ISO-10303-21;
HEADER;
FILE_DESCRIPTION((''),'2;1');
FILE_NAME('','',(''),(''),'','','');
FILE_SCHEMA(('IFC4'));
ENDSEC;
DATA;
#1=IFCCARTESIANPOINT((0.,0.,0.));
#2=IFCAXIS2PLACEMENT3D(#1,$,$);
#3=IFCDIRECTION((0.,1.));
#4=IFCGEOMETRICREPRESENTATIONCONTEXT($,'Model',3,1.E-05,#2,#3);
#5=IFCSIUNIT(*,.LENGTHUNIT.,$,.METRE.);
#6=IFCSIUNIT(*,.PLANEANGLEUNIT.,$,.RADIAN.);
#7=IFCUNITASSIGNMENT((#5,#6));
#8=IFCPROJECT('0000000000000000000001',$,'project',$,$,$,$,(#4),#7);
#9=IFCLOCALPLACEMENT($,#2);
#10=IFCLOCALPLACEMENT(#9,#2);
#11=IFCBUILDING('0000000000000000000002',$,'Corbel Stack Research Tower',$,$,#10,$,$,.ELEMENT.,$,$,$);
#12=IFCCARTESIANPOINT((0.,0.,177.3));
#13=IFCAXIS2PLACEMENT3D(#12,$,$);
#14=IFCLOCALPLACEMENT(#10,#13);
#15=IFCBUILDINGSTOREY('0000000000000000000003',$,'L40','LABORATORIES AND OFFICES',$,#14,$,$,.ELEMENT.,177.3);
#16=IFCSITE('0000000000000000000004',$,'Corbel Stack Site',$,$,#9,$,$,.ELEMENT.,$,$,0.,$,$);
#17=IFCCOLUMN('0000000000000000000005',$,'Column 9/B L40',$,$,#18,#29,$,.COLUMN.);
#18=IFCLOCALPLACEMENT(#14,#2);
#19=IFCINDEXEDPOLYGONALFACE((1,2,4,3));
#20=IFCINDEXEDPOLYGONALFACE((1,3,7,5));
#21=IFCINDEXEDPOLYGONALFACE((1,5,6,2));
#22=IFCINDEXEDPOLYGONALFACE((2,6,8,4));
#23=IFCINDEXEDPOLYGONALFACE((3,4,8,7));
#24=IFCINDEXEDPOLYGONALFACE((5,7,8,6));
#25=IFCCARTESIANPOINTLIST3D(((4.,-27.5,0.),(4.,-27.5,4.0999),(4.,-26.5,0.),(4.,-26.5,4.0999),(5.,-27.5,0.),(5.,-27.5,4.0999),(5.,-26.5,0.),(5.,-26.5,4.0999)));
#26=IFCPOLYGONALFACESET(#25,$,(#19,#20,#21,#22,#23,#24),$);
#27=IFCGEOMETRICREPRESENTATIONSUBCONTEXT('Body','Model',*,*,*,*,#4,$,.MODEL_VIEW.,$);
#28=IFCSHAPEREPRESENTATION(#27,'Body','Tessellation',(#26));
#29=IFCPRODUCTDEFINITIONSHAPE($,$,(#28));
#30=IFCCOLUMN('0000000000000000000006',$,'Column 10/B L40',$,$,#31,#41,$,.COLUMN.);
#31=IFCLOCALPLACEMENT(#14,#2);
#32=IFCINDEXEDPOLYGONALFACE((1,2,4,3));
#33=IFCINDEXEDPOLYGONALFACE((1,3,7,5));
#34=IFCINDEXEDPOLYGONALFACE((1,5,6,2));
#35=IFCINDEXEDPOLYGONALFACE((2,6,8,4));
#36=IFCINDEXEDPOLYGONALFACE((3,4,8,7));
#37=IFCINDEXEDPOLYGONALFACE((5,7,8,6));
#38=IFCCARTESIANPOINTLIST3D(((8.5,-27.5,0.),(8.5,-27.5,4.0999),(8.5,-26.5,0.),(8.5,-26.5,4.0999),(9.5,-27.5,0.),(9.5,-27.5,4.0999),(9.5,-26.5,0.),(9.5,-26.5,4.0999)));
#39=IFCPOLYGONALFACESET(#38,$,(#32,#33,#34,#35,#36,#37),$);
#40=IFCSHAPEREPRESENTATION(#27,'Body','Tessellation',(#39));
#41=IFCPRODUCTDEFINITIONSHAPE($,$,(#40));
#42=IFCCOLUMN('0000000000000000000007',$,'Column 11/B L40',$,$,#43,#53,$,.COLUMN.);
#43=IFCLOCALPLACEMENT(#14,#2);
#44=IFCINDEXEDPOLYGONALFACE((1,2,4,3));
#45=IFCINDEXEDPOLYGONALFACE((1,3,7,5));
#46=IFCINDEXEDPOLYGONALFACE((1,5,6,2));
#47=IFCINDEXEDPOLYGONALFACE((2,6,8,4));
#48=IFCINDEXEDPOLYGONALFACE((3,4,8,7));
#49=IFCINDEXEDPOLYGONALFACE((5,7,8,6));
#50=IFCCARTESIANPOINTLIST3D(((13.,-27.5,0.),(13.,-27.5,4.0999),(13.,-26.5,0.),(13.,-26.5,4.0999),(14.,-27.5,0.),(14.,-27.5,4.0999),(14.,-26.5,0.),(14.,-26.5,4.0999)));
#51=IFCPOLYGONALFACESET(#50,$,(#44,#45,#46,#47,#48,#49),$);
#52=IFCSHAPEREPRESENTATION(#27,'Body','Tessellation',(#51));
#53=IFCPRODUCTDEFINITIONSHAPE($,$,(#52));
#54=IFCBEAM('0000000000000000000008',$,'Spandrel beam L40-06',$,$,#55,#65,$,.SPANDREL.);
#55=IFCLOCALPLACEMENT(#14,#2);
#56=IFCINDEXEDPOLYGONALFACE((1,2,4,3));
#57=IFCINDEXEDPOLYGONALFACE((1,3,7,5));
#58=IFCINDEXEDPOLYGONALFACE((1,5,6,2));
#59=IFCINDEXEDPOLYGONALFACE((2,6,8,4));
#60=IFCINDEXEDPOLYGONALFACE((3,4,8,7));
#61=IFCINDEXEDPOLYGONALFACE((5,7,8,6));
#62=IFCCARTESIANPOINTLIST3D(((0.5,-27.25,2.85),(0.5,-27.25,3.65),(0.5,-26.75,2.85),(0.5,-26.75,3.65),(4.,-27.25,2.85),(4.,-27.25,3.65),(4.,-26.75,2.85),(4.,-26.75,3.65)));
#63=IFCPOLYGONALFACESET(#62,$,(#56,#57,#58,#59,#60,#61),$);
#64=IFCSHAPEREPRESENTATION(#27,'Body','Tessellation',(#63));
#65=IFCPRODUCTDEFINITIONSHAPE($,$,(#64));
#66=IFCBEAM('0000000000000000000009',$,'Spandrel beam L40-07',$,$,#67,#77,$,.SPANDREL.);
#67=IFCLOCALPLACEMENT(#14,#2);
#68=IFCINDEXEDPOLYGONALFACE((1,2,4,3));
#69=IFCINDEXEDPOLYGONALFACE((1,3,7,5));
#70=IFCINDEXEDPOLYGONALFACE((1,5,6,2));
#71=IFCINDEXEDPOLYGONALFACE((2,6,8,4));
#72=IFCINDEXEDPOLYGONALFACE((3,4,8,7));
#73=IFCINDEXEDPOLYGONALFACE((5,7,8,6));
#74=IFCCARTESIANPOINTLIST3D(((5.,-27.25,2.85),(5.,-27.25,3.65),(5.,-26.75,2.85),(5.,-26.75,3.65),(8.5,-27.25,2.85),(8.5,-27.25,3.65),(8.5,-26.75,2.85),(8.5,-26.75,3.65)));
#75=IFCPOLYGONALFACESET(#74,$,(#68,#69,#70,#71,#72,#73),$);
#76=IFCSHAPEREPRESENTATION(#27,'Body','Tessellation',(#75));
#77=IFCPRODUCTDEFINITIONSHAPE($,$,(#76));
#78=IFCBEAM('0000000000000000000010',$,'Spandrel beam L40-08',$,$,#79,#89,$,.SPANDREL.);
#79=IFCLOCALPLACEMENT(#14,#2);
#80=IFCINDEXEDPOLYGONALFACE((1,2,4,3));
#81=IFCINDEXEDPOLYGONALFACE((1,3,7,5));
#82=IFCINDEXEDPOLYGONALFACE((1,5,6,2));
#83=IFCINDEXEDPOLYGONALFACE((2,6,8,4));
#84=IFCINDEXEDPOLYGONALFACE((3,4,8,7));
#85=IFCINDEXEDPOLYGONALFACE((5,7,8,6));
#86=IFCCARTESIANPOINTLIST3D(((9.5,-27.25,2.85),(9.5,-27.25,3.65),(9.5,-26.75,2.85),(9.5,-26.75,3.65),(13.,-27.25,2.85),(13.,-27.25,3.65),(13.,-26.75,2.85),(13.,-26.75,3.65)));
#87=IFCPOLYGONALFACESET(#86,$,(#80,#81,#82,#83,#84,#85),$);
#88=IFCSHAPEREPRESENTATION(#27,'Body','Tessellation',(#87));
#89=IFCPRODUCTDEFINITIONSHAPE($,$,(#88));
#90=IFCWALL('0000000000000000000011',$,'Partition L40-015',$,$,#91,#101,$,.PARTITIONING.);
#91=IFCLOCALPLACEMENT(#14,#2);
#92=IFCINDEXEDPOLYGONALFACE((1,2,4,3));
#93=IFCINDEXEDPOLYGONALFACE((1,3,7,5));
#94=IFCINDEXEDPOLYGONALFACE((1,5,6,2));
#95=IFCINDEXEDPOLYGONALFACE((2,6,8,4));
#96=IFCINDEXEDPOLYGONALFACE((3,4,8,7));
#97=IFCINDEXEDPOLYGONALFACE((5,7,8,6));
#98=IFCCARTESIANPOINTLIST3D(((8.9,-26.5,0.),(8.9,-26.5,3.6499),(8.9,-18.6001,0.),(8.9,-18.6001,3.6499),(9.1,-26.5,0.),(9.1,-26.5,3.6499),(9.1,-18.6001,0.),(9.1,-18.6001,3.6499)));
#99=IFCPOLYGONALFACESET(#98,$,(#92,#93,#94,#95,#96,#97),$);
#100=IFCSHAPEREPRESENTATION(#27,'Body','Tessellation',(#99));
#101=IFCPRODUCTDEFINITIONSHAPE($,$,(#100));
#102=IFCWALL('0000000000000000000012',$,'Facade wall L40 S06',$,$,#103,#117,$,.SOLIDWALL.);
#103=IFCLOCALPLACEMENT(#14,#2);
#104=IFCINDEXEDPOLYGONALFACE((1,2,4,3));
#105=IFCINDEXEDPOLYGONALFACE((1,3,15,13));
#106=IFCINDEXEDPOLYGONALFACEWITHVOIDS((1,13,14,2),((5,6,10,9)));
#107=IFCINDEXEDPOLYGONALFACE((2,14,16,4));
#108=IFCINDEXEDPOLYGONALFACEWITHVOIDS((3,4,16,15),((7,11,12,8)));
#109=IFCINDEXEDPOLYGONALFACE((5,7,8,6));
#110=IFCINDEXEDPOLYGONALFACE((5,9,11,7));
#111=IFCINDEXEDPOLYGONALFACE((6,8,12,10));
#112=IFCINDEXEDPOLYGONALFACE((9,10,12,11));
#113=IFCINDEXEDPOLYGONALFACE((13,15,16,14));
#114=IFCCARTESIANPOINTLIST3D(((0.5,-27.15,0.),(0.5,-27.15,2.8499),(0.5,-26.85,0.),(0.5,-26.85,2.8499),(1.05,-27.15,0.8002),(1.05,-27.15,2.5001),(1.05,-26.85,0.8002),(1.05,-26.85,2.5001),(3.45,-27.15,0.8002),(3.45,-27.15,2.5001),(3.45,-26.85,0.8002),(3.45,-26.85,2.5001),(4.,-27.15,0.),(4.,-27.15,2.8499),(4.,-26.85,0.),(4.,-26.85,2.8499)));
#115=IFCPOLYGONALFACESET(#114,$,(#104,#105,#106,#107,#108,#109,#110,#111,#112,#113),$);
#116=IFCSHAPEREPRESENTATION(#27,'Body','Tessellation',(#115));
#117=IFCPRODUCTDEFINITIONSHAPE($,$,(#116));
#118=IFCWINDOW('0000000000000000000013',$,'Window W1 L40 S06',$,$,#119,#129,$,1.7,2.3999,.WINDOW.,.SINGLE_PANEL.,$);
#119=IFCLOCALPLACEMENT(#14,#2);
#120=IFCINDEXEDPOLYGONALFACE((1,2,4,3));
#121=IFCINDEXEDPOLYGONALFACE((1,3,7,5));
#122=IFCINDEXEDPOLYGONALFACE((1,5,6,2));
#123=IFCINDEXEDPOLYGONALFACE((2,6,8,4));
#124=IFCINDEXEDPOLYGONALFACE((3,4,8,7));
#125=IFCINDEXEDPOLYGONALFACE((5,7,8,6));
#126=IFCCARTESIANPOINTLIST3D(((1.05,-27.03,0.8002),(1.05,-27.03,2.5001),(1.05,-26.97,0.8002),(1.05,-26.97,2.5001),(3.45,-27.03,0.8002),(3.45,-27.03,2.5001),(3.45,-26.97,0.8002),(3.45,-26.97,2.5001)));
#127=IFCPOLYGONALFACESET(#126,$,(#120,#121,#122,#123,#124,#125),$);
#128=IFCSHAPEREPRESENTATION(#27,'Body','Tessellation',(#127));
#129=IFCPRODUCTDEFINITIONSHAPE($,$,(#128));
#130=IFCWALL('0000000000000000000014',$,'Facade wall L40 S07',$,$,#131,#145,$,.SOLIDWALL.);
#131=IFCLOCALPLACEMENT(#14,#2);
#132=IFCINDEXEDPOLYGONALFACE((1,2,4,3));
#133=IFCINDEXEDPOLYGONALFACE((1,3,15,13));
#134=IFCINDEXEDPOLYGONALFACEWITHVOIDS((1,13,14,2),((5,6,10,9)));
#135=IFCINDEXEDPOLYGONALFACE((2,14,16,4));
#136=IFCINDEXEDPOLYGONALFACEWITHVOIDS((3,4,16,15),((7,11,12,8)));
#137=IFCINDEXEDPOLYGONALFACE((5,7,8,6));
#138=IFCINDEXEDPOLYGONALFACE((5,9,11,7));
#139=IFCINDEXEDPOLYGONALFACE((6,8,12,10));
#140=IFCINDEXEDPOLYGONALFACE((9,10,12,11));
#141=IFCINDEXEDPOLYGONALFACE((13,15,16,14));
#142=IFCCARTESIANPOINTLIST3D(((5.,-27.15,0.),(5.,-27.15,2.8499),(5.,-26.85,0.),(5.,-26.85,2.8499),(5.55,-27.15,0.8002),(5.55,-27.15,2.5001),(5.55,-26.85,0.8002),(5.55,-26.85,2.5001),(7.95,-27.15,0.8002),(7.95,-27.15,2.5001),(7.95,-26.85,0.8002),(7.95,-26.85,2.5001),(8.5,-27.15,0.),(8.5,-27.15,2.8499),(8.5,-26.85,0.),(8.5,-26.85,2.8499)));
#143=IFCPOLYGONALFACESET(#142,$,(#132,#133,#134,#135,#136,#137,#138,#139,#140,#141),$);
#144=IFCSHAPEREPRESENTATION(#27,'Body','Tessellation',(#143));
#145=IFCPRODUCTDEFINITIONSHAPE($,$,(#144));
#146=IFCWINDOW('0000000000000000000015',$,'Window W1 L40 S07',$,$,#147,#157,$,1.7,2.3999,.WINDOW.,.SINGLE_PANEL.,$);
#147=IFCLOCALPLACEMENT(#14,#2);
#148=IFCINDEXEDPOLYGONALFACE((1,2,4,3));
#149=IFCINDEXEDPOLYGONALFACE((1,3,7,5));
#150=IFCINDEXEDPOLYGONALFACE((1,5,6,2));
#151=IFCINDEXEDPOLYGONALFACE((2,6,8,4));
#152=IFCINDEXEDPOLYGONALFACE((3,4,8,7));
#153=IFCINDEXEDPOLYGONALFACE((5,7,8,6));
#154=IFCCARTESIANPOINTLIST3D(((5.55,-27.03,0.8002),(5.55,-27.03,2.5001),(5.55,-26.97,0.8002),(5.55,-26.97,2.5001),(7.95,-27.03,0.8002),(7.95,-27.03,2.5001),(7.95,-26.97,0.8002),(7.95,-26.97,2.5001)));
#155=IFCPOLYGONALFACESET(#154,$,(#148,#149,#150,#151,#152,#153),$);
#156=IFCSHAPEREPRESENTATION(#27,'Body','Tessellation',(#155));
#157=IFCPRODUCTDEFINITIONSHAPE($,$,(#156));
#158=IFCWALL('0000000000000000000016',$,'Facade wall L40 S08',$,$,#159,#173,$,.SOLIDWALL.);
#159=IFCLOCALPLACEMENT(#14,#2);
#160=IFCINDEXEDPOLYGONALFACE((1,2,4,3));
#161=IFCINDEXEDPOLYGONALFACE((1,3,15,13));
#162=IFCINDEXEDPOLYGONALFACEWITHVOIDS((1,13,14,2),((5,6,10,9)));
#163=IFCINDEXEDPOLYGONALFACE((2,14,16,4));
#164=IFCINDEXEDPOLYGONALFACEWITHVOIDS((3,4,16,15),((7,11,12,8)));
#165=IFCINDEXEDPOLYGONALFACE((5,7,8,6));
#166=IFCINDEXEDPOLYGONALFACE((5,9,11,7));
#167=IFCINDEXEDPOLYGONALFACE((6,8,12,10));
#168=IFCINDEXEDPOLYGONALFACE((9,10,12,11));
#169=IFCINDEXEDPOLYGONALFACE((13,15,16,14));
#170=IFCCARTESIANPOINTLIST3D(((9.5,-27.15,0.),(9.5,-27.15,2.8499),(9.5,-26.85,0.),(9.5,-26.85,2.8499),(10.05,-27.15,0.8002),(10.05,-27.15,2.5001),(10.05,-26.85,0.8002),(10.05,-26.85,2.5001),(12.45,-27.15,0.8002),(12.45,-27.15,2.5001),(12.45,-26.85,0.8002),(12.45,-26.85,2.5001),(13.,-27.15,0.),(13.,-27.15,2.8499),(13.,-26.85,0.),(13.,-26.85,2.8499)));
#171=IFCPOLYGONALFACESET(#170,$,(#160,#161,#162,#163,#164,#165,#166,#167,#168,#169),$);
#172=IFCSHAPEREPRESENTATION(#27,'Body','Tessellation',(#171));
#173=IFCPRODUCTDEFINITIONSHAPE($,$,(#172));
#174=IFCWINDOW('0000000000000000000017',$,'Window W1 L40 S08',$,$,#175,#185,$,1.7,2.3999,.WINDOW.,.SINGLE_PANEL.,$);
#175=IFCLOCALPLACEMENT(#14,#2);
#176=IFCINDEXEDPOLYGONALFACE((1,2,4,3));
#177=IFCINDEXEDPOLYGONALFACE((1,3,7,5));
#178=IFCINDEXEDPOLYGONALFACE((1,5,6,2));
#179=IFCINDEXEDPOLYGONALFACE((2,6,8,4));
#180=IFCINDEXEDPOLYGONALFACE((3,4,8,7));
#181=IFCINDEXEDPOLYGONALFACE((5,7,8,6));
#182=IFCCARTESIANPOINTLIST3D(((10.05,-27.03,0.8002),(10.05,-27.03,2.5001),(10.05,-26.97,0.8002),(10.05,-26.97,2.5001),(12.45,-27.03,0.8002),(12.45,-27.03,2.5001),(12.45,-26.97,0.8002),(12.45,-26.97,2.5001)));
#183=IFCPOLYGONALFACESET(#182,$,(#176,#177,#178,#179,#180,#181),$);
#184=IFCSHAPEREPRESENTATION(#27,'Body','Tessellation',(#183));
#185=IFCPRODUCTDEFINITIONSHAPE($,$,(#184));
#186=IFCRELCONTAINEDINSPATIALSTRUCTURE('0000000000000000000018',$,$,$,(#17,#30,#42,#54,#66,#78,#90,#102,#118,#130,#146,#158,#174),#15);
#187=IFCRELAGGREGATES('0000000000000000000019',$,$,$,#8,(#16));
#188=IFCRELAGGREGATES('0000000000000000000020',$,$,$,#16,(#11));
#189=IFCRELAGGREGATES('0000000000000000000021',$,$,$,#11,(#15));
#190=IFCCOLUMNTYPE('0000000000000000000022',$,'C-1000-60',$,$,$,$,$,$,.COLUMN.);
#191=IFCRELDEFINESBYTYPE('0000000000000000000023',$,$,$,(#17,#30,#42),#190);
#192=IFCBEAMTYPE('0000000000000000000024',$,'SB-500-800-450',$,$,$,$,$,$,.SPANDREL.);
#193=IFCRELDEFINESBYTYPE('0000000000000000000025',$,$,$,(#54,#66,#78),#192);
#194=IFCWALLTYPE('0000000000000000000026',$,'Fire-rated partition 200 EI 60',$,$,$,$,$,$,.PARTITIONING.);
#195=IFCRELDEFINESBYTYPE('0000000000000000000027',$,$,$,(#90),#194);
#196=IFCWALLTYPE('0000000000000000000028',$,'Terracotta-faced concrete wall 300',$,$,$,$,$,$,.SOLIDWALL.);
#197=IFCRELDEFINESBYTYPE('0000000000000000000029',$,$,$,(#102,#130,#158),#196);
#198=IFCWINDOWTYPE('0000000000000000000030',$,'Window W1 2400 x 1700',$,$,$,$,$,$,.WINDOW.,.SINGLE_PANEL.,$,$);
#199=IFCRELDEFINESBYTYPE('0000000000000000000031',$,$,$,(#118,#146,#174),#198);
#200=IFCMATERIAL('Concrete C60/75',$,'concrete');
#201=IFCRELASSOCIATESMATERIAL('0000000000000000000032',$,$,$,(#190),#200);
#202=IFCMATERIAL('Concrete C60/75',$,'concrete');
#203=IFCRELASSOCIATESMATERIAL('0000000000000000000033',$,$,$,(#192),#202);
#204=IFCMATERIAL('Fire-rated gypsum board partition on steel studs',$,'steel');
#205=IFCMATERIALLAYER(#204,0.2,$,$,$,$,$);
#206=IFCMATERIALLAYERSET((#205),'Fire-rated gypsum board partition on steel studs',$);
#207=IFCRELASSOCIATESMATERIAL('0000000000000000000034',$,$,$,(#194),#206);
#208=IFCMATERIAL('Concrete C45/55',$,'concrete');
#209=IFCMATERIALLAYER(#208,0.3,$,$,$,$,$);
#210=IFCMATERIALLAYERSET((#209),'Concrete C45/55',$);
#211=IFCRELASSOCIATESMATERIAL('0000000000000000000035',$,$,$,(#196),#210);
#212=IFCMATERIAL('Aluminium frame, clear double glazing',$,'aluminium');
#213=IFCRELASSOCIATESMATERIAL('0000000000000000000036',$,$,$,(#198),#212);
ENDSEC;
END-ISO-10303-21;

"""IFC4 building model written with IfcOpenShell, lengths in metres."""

from ifc_helpers import new_model, si_unit, direction, frame, frame_2d, origin, origin_2d, place, context, subcontext, project, spatial, rectangle, extrude, material, layer, layer_set, material_profile, profile_set, type_object, element, fill, save


model = new_model("IFC4")

# Units and contexts
model_context = context("Model", 3, precision=1e-05, world=origin(), true_north=direction((0.0, 1.0)))
body_context = subcontext(model_context, "Body", "Model", "MODEL_VIEW")
ifc_project = project(units=[si_unit("LENGTHUNIT", "METRE"), si_unit("PLANEANGLEUNIT", "RADIAN")], contexts=[model_context])

# Site, building, storey
site_placement = place(None, origin())
site = spatial("IfcSite", under=ifc_project, at=site_placement, Name="Corbel Stack Site", CompositionType="ELEMENT", RefElevation=0.0)
building_placement = place(site_placement, origin())
building = spatial("IfcBuilding", under=site, at=building_placement, Name="Corbel Stack Research Tower", CompositionType="ELEMENT")
storey_placement = place(building_placement, frame((0.0, 0.0, 177.3)))
storey = spatial("IfcBuildingStorey", under=building, at=storey_placement, Name="L40", Description="LABORATORIES AND OFFICES", CompositionType="ELEMENT", Elevation=177.3)

# Columns
ifc_material_1 = material(Name="Concrete C60/75", Category="concrete")
ifc_material_profile_1 = material_profile(ifc_material_1, rectangle(XDim=1.0, YDim=1.0, at=origin_2d()), Name="RC 1000 x 1000")
ifc_profile_set_1 = profile_set([ifc_material_profile_1], Name="Concrete C60/75")
column_type = type_object("IfcColumnType", Name="C-1000-60", PredefinedType="COLUMN", material=ifc_profile_set_1)
for number, where, z_axis, x_axis, name in (
    (1, (4.5, -27.0, 0.0), (0.0, 0.0, 1.0), (1.0, 0.0, 0.0), "Column 9/B L40"),
    (2, (9.0, -27.0, 0.0), (0.0, 0.0, 1.0), (1.0, 0.0, 0.0), "Column 10/B L40"),
    (3, (13.5, -27.0, 0.0), (0.0, 0.0, 1.0), (1.0, 0.0, 0.0), "Column 11/B L40"),
):
    element("IfcColumn", number, at=place(storey_placement, frame(where, z_axis=z_axis, x_axis=x_axis)), inside=storey, type_object=column_type, Name=name, PredefinedType="COLUMN", context=body_context, shape_type="SweptSolid", body=[
        extrude(rectangle(XDim=1.0, YDim=1.0, at=origin_2d()), origin(), (0.0, 0.0, 1.0), 4.0999),
    ])

# Beams
ifc_material_2 = material(Name="Concrete C60/75", Category="concrete")
ifc_material_profile_2 = material_profile(ifc_material_2, rectangle(XDim=0.5, YDim=0.8, at=origin_2d()), Name="RC 500 x 800")
ifc_profile_set_2 = profile_set([ifc_material_profile_2], Name="Concrete C60/75")
beam_type = type_object("IfcBeamType", Name="SB-500-800-450", PredefinedType="SPANDREL", material=ifc_profile_set_2)
for number, where, z_axis, x_axis, name in (
    (4, (0.5, -27.0, 3.25), (1.0, 0.0, 0.0), (0.0, 1.0, 0.0), "Spandrel beam L40-06"),
    (5, (5.0, -27.0, 3.25), (1.0, 0.0, 0.0), (0.0, 1.0, 0.0), "Spandrel beam L40-07"),
    (6, (9.5, -27.0, 3.25), (1.0, 0.0, 0.0), (0.0, 1.0, 0.0), "Spandrel beam L40-08"),
):
    element("IfcBeam", number, at=place(storey_placement, frame(where, z_axis=z_axis, x_axis=x_axis)), inside=storey, type_object=beam_type, Name=name, PredefinedType="SPANDREL", context=body_context, shape_type="SweptSolid", body=[
        extrude(rectangle(XDim=0.5, YDim=0.8, at=origin_2d()), origin(), (0.0, 0.0, 1.0), 3.5),
    ])

# Wall
ifc_material_3 = material(Name="Fire-rated gypsum board partition on steel studs", Category="steel")
ifc_layer_1 = layer(ifc_material_3, 0.2)
ifc_layer_set_1 = layer_set([ifc_layer_1], Name="Fire-rated gypsum board partition on steel studs")
wall_type_1 = type_object("IfcWallType", Name="Fire-rated partition 200 EI 60", PredefinedType="PARTITIONING", material=ifc_layer_set_1)
wall_1_placement = place(storey_placement, frame((9.0, -26.5, 0.0), z_axis=(0.0, 0.0, 1.0), x_axis=(0.0, 1.0, 0.0)))
element("IfcWall", 7, at=wall_1_placement, inside=storey, type_object=wall_type_1, Name="Partition L40-015", PredefinedType="PARTITIONING", context=body_context, shape_type="SweptSolid", body=[
    extrude(rectangle(XDim=7.8999, YDim=0.2, at=frame_2d((3.95, 0.0))), origin(), (0.0, 0.0, 1.0), 3.6499),
])

# Walls, openings, windows
ifc_material_4 = material(Name="Concrete C45/55", Category="concrete")
ifc_layer_2 = layer(ifc_material_4, 0.3)
ifc_layer_set_2 = layer_set([ifc_layer_2], Name="Concrete C45/55")
wall_type_2 = type_object("IfcWallType", Name="Terracotta-faced concrete wall 300", PredefinedType="SOLIDWALL", material=ifc_layer_set_2)
wall_2_placement = place(storey_placement, frame((4.0, -27.0, 0.0), z_axis=(0.0, 0.0, 1.0), x_axis=(-1.0, 0.0, 0.0)))
wall_2 = element("IfcWall", 8, at=wall_2_placement, inside=storey, type_object=wall_type_2, Name="Facade wall L40 S06", PredefinedType="SOLIDWALL", context=body_context, shape_type="SweptSolid", body=[
    extrude(rectangle(XDim=3.5, YDim=0.3, at=frame_2d((1.75, 0.0))), origin(), (0.0, 0.0, 1.0), 2.8499),
])
opening_1_placement = place(wall_2_placement, frame((0.55, 0.0, 0.8)))
opening_1 = element("IfcOpeningElement", 9, at=opening_1_placement, cuts=wall_2, PredefinedType="OPENING", context=body_context, shape_type="SweptSolid", body=[
    extrude(rectangle(XDim=2.3999, YDim=1.7, at=frame_2d((1.2, 0.8501))), frame((0.0, 0.1599, 0.0), z_axis=(0.0, -1.0, 0.0), x_axis=(1.0, 0.0, 0.0)), (0.0, 0.0, 1.0), 0.3201),
])
ifc_material_5 = material(Name="Aluminium frame, clear double glazing", Category="aluminium")
window_type = type_object("IfcWindowType", Name="Window W1 2400 x 1700", PartitioningType="SINGLE_PANEL", PredefinedType="WINDOW", material=ifc_material_5)
window_1_placement = place(opening_1_placement, origin())
window_1 = element("IfcWindow", 10, at=window_1_placement, inside=storey, type_object=window_type, Name="Window W1 L40 S06", OverallHeight=1.7, OverallWidth=2.3999, PartitioningType="SINGLE_PANEL", PredefinedType="WINDOW", context=body_context, shape_type="SweptSolid", body=[
    extrude(rectangle(XDim=2.3999, YDim=1.7, at=frame_2d((1.2, 0.8501))), frame((0.0, 0.03, 0.0), z_axis=(0.0, -1.0, 0.0), x_axis=(1.0, 0.0, 0.0)), (0.0, 0.0, 1.0), 0.0601),
])
fill(opening_1, window_1)
wall_3_placement = place(storey_placement, frame((8.5, -27.0, 0.0), z_axis=(0.0, 0.0, 1.0), x_axis=(-1.0, 0.0, 0.0)))
wall_3 = element("IfcWall", 11, at=wall_3_placement, inside=storey, type_object=wall_type_2, Name="Facade wall L40 S07", PredefinedType="SOLIDWALL", context=body_context, shape_type="SweptSolid", body=[
    extrude(rectangle(XDim=3.5, YDim=0.3, at=frame_2d((1.75, 0.0))), origin(), (0.0, 0.0, 1.0), 2.8499),
])
opening_2_placement = place(wall_3_placement, frame((0.55, 0.0, 0.8)))
opening_2 = element("IfcOpeningElement", 12, at=opening_2_placement, cuts=wall_3, PredefinedType="OPENING", context=body_context, shape_type="SweptSolid", body=[
    extrude(rectangle(XDim=2.3999, YDim=1.7, at=frame_2d((1.2, 0.8501))), frame((0.0, 0.1599, 0.0), z_axis=(0.0, -1.0, 0.0), x_axis=(1.0, 0.0, 0.0)), (0.0, 0.0, 1.0), 0.3201),
])
window_2_placement = place(opening_2_placement, origin())
window_2 = element("IfcWindow", 13, at=window_2_placement, inside=storey, type_object=window_type, Name="Window W1 L40 S07", OverallHeight=1.7, OverallWidth=2.3999, PartitioningType="SINGLE_PANEL", PredefinedType="WINDOW", context=body_context, shape_type="SweptSolid", body=[
    extrude(rectangle(XDim=2.3999, YDim=1.7, at=frame_2d((1.2, 0.8501))), frame((0.0, 0.03, 0.0), z_axis=(0.0, -1.0, 0.0), x_axis=(1.0, 0.0, 0.0)), (0.0, 0.0, 1.0), 0.0601),
])
fill(opening_2, window_2)
wall_4_placement = place(storey_placement, frame((13.0, -27.0, 0.0), z_axis=(0.0, 0.0, 1.0), x_axis=(-1.0, 0.0, 0.0)))
wall_4 = element("IfcWall", 14, at=wall_4_placement, inside=storey, type_object=wall_type_2, Name="Facade wall L40 S08", PredefinedType="SOLIDWALL", context=body_context, shape_type="SweptSolid", body=[
    extrude(rectangle(XDim=3.5, YDim=0.3, at=frame_2d((1.75, 0.0))), origin(), (0.0, 0.0, 1.0), 2.8499),
])
opening_3_placement = place(wall_4_placement, frame((0.55, 0.0, 0.8)))
opening_3 = element("IfcOpeningElement", 15, at=opening_3_placement, cuts=wall_4, PredefinedType="OPENING", context=body_context, shape_type="SweptSolid", body=[
    extrude(rectangle(XDim=2.3999, YDim=1.7, at=frame_2d((1.2, 0.8501))), frame((0.0, 0.1599, 0.0), z_axis=(0.0, -1.0, 0.0), x_axis=(1.0, 0.0, 0.0)), (0.0, 0.0, 1.0), 0.3201),
])
window_3_placement = place(opening_3_placement, origin())
window_3 = element("IfcWindow", 16, at=window_3_placement, inside=storey, type_object=window_type, Name="Window W1 L40 S08", OverallHeight=1.7, OverallWidth=2.3999, PartitioningType="SINGLE_PANEL", PredefinedType="WINDOW", context=body_context, shape_type="SweptSolid", body=[
    extrude(rectangle(XDim=2.3999, YDim=1.7, at=frame_2d((1.2, 0.8501))), frame((0.0, 0.03, 0.0), z_axis=(0.0, -1.0, 0.0), x_axis=(1.0, 0.0, 0.0)), (0.0, 0.0, 1.0), 0.0601),
])
fill(opening_3, window_3)

save(model, "model.ifc")
